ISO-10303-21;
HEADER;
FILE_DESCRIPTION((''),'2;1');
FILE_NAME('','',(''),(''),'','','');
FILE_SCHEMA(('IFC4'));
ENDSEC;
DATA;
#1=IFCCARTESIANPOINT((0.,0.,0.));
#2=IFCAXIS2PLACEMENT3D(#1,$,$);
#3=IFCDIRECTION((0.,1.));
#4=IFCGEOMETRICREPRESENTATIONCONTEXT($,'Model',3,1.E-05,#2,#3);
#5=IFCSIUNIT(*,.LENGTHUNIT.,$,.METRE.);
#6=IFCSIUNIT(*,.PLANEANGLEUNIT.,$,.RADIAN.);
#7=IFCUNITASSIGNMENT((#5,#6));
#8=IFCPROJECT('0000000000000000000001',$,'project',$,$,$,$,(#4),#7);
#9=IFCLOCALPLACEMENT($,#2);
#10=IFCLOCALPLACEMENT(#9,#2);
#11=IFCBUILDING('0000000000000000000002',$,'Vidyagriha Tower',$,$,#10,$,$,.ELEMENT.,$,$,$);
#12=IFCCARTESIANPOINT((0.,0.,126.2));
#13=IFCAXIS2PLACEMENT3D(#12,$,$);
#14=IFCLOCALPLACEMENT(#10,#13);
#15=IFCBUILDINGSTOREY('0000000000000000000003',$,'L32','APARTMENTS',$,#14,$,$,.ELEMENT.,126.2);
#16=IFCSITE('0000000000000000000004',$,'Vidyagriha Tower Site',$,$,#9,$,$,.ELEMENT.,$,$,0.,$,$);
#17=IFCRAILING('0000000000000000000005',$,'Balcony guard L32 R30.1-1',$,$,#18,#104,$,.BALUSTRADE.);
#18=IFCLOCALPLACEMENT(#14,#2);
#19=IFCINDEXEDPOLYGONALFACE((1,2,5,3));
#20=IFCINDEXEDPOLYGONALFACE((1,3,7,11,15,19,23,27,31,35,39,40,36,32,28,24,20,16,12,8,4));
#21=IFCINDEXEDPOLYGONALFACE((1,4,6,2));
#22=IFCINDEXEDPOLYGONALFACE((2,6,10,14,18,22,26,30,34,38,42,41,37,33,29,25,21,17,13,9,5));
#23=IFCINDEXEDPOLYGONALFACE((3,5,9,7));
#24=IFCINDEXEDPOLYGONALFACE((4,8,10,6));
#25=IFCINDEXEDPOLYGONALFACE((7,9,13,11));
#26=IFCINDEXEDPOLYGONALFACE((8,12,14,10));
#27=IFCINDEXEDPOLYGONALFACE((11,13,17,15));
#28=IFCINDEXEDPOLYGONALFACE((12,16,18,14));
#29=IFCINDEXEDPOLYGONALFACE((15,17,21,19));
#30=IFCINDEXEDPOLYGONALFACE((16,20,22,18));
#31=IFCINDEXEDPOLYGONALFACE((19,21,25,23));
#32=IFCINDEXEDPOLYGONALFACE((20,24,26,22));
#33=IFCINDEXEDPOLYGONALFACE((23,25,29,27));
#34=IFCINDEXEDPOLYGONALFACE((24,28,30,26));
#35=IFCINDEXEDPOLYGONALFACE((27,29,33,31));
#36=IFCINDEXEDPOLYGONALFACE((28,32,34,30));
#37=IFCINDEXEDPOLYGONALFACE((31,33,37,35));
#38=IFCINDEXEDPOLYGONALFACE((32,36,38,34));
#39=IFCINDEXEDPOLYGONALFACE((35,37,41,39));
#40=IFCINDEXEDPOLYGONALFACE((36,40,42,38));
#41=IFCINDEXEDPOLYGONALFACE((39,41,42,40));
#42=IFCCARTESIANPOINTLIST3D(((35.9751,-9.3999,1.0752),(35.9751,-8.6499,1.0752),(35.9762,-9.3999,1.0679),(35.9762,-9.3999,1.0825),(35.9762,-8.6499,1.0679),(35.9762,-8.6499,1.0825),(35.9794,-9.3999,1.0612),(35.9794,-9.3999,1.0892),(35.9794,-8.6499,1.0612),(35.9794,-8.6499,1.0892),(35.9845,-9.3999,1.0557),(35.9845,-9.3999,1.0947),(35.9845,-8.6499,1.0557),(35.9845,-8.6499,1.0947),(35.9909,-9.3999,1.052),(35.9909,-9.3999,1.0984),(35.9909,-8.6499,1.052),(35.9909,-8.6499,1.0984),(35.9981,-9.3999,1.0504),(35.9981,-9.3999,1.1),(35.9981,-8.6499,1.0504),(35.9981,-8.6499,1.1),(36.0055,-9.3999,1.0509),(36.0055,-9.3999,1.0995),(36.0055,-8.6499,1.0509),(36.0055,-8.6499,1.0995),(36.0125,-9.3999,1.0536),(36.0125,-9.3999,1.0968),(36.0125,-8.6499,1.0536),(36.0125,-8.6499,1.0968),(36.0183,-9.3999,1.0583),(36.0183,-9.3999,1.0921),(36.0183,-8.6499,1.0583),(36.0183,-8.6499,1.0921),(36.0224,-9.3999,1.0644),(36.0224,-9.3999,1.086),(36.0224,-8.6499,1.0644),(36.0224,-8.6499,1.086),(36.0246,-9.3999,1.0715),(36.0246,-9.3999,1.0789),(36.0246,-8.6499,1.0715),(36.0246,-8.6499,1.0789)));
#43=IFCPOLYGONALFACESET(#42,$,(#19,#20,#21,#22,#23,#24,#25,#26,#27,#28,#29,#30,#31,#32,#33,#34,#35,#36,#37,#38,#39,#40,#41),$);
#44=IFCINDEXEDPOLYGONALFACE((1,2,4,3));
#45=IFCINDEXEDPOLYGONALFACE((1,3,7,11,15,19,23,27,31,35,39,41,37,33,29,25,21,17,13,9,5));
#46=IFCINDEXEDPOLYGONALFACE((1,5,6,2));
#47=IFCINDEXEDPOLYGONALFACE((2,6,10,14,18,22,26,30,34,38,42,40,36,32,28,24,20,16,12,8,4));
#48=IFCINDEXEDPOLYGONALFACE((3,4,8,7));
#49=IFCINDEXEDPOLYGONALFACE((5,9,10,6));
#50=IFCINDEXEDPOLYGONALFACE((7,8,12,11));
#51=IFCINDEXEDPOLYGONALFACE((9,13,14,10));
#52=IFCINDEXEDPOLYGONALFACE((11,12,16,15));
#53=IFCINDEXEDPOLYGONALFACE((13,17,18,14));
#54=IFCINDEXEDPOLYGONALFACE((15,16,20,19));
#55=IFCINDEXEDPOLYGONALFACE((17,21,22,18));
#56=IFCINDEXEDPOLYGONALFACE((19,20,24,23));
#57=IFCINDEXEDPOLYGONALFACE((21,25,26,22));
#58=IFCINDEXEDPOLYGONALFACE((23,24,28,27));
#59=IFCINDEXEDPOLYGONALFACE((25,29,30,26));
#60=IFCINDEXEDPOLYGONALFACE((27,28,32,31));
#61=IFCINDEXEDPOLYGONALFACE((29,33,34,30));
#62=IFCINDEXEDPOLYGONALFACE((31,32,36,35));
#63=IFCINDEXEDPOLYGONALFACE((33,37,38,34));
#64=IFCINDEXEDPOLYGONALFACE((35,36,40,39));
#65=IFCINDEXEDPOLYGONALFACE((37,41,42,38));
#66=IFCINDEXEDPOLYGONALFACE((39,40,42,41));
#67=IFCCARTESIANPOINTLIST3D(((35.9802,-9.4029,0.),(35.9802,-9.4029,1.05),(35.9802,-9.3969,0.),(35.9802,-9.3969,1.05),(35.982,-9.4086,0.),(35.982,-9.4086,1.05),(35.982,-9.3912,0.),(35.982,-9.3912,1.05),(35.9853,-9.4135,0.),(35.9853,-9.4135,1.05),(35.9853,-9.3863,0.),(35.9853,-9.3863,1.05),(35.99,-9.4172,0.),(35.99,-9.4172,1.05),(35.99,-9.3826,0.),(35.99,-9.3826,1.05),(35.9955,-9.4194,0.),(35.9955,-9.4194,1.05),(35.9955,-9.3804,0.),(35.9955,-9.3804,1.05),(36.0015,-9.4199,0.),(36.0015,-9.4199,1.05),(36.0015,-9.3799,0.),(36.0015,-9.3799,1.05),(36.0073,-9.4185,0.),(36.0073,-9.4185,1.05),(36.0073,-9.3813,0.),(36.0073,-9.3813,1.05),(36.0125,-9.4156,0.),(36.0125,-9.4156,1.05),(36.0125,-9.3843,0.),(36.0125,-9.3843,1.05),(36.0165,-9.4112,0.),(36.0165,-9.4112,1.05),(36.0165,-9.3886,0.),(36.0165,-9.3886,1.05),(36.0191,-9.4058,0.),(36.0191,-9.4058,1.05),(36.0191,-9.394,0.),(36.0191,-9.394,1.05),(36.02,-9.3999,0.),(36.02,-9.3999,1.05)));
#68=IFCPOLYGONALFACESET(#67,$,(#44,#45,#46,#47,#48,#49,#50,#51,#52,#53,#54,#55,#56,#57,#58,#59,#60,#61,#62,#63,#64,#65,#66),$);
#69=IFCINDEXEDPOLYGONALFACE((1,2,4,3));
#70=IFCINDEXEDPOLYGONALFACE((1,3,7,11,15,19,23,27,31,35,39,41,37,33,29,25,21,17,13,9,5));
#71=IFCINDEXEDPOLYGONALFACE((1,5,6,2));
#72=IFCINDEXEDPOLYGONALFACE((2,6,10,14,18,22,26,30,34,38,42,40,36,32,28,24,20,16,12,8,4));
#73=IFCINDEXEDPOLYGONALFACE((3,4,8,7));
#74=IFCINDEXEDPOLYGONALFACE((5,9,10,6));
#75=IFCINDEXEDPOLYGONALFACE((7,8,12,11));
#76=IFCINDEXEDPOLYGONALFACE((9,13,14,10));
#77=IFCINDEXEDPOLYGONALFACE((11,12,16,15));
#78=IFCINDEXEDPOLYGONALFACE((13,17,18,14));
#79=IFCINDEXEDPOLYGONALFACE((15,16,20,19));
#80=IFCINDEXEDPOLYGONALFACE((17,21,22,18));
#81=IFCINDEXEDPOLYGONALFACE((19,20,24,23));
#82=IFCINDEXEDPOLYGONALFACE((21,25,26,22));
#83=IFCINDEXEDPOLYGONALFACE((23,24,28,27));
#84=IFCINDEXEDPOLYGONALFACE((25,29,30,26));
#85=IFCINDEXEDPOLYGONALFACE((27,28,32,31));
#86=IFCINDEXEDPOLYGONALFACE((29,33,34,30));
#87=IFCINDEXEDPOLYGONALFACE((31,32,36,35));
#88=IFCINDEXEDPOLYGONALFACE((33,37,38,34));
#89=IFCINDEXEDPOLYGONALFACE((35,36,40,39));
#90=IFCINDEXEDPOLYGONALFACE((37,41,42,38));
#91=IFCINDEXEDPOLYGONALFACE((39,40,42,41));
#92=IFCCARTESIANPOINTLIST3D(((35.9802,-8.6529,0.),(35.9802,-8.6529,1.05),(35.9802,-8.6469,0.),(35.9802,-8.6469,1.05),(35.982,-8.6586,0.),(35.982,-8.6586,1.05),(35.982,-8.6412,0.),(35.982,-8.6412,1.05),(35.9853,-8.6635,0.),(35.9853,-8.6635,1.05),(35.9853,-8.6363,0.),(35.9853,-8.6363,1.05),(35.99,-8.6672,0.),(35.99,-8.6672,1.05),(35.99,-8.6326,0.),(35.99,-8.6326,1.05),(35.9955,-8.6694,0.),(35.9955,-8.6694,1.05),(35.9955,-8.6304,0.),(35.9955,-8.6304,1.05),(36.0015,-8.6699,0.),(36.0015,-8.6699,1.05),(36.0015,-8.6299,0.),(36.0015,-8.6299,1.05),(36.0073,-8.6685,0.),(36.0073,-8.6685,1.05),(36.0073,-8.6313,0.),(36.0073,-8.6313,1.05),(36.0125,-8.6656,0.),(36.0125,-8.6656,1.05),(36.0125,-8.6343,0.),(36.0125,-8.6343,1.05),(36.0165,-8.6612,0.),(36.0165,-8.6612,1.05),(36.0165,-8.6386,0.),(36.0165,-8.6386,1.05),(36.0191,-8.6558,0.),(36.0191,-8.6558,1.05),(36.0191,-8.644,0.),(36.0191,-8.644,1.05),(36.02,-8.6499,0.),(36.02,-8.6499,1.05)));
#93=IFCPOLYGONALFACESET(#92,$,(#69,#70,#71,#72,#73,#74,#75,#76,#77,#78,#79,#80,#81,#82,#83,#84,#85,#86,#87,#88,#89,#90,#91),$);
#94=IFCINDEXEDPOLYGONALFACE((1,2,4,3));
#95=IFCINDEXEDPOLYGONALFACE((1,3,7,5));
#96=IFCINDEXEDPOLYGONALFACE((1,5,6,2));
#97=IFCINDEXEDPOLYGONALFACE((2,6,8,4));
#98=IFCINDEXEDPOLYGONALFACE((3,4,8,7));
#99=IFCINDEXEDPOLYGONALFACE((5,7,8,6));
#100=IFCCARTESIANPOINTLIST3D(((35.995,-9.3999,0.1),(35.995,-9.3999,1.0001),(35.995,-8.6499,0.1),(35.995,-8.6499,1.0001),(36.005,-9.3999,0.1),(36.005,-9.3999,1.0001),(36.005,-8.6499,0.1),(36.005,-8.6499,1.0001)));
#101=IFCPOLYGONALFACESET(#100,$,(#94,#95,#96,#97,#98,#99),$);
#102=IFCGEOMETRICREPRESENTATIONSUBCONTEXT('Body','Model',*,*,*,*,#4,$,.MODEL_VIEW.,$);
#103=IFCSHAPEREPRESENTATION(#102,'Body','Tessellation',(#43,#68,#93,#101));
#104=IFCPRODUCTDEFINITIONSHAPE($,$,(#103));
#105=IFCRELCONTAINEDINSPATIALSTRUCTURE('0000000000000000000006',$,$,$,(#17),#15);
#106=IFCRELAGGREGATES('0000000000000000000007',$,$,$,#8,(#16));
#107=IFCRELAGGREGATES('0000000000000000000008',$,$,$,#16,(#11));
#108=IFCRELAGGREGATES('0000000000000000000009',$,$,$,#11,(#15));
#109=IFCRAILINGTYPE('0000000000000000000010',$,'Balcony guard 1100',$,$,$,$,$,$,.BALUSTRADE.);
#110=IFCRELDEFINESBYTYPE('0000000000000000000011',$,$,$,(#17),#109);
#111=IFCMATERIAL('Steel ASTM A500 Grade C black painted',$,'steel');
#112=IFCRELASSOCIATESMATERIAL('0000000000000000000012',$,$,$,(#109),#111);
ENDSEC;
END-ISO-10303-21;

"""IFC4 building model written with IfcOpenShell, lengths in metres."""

from ifc_helpers import new_model, si_unit, direction, frame, origin, origin_2d, place, context, subcontext, project, spatial, rectangle, circle, extrude, material, type_object, element, save


model = new_model("IFC4")

# Units and contexts
model_context = context("Model", 3, precision=1e-05, world=origin(), true_north=direction((0.0, 1.0)))
body_context = subcontext(model_context, "Body", "Model", "MODEL_VIEW")
ifc_project = project(units=[si_unit("LENGTHUNIT", "METRE"), si_unit("PLANEANGLEUNIT", "RADIAN")], contexts=[model_context])

# Site, building, storey
site_placement = place(None, origin())
site = spatial("IfcSite", under=ifc_project, at=site_placement, Name="Vidyagriha Tower Site", CompositionType="ELEMENT", RefElevation=0.0)
building_placement = place(site_placement, origin())
building = spatial("IfcBuilding", under=site, at=building_placement, Name="Vidyagriha Tower", CompositionType="ELEMENT")
storey_placement = place(building_placement, frame((0.0, 0.0, 126.2)))
storey = spatial("IfcBuildingStorey", under=building, at=storey_placement, Name="L32", Description="APARTMENTS", CompositionType="ELEMENT", Elevation=126.2)

# Railing
ifc_material_1 = material(Name="Steel ASTM A500 Grade C black painted", Category="steel")
railing_type = type_object("IfcRailingType", Name="Balcony guard 1100", PredefinedType="BALUSTRADE", material=ifc_material_1)
railing_1_placement = place(storey_placement, frame((36.0, -9.3999, 0.0)))
element("IfcRailing", 1, at=railing_1_placement, inside=storey, type_object=railing_type, Name="Balcony guard L32 R30.1-1", PredefinedType="BALUSTRADE", context=body_context, shape_type="SweptSolid", body=[
    extrude(circle(Radius=0.0249, at=origin_2d()), frame((0.0, 0.0, 1.0752), z_axis=(0.0, 1.0, 0.0), x_axis=(-1.0, 0.0, 0.0)), (0.0, 0.0, 1.0), 0.75),
    extrude(circle(Radius=0.02, at=origin_2d()), origin(), (0.0, 0.0, 1.0), 1.05),
    extrude(circle(Radius=0.02, at=origin_2d()), frame((0.0, 0.75, 0.0)), (0.0, 0.0, 1.0), 1.05),
    extrude(rectangle(XDim=0.01, YDim=0.9001, at=origin_2d()), frame((0.0, 0.0, 0.55), z_axis=(0.0, 1.0, 0.0), x_axis=(-1.0, 0.0, 0.0)), (0.0, 0.0, 1.0), 0.75),
])

save(model, "model.ifc")
